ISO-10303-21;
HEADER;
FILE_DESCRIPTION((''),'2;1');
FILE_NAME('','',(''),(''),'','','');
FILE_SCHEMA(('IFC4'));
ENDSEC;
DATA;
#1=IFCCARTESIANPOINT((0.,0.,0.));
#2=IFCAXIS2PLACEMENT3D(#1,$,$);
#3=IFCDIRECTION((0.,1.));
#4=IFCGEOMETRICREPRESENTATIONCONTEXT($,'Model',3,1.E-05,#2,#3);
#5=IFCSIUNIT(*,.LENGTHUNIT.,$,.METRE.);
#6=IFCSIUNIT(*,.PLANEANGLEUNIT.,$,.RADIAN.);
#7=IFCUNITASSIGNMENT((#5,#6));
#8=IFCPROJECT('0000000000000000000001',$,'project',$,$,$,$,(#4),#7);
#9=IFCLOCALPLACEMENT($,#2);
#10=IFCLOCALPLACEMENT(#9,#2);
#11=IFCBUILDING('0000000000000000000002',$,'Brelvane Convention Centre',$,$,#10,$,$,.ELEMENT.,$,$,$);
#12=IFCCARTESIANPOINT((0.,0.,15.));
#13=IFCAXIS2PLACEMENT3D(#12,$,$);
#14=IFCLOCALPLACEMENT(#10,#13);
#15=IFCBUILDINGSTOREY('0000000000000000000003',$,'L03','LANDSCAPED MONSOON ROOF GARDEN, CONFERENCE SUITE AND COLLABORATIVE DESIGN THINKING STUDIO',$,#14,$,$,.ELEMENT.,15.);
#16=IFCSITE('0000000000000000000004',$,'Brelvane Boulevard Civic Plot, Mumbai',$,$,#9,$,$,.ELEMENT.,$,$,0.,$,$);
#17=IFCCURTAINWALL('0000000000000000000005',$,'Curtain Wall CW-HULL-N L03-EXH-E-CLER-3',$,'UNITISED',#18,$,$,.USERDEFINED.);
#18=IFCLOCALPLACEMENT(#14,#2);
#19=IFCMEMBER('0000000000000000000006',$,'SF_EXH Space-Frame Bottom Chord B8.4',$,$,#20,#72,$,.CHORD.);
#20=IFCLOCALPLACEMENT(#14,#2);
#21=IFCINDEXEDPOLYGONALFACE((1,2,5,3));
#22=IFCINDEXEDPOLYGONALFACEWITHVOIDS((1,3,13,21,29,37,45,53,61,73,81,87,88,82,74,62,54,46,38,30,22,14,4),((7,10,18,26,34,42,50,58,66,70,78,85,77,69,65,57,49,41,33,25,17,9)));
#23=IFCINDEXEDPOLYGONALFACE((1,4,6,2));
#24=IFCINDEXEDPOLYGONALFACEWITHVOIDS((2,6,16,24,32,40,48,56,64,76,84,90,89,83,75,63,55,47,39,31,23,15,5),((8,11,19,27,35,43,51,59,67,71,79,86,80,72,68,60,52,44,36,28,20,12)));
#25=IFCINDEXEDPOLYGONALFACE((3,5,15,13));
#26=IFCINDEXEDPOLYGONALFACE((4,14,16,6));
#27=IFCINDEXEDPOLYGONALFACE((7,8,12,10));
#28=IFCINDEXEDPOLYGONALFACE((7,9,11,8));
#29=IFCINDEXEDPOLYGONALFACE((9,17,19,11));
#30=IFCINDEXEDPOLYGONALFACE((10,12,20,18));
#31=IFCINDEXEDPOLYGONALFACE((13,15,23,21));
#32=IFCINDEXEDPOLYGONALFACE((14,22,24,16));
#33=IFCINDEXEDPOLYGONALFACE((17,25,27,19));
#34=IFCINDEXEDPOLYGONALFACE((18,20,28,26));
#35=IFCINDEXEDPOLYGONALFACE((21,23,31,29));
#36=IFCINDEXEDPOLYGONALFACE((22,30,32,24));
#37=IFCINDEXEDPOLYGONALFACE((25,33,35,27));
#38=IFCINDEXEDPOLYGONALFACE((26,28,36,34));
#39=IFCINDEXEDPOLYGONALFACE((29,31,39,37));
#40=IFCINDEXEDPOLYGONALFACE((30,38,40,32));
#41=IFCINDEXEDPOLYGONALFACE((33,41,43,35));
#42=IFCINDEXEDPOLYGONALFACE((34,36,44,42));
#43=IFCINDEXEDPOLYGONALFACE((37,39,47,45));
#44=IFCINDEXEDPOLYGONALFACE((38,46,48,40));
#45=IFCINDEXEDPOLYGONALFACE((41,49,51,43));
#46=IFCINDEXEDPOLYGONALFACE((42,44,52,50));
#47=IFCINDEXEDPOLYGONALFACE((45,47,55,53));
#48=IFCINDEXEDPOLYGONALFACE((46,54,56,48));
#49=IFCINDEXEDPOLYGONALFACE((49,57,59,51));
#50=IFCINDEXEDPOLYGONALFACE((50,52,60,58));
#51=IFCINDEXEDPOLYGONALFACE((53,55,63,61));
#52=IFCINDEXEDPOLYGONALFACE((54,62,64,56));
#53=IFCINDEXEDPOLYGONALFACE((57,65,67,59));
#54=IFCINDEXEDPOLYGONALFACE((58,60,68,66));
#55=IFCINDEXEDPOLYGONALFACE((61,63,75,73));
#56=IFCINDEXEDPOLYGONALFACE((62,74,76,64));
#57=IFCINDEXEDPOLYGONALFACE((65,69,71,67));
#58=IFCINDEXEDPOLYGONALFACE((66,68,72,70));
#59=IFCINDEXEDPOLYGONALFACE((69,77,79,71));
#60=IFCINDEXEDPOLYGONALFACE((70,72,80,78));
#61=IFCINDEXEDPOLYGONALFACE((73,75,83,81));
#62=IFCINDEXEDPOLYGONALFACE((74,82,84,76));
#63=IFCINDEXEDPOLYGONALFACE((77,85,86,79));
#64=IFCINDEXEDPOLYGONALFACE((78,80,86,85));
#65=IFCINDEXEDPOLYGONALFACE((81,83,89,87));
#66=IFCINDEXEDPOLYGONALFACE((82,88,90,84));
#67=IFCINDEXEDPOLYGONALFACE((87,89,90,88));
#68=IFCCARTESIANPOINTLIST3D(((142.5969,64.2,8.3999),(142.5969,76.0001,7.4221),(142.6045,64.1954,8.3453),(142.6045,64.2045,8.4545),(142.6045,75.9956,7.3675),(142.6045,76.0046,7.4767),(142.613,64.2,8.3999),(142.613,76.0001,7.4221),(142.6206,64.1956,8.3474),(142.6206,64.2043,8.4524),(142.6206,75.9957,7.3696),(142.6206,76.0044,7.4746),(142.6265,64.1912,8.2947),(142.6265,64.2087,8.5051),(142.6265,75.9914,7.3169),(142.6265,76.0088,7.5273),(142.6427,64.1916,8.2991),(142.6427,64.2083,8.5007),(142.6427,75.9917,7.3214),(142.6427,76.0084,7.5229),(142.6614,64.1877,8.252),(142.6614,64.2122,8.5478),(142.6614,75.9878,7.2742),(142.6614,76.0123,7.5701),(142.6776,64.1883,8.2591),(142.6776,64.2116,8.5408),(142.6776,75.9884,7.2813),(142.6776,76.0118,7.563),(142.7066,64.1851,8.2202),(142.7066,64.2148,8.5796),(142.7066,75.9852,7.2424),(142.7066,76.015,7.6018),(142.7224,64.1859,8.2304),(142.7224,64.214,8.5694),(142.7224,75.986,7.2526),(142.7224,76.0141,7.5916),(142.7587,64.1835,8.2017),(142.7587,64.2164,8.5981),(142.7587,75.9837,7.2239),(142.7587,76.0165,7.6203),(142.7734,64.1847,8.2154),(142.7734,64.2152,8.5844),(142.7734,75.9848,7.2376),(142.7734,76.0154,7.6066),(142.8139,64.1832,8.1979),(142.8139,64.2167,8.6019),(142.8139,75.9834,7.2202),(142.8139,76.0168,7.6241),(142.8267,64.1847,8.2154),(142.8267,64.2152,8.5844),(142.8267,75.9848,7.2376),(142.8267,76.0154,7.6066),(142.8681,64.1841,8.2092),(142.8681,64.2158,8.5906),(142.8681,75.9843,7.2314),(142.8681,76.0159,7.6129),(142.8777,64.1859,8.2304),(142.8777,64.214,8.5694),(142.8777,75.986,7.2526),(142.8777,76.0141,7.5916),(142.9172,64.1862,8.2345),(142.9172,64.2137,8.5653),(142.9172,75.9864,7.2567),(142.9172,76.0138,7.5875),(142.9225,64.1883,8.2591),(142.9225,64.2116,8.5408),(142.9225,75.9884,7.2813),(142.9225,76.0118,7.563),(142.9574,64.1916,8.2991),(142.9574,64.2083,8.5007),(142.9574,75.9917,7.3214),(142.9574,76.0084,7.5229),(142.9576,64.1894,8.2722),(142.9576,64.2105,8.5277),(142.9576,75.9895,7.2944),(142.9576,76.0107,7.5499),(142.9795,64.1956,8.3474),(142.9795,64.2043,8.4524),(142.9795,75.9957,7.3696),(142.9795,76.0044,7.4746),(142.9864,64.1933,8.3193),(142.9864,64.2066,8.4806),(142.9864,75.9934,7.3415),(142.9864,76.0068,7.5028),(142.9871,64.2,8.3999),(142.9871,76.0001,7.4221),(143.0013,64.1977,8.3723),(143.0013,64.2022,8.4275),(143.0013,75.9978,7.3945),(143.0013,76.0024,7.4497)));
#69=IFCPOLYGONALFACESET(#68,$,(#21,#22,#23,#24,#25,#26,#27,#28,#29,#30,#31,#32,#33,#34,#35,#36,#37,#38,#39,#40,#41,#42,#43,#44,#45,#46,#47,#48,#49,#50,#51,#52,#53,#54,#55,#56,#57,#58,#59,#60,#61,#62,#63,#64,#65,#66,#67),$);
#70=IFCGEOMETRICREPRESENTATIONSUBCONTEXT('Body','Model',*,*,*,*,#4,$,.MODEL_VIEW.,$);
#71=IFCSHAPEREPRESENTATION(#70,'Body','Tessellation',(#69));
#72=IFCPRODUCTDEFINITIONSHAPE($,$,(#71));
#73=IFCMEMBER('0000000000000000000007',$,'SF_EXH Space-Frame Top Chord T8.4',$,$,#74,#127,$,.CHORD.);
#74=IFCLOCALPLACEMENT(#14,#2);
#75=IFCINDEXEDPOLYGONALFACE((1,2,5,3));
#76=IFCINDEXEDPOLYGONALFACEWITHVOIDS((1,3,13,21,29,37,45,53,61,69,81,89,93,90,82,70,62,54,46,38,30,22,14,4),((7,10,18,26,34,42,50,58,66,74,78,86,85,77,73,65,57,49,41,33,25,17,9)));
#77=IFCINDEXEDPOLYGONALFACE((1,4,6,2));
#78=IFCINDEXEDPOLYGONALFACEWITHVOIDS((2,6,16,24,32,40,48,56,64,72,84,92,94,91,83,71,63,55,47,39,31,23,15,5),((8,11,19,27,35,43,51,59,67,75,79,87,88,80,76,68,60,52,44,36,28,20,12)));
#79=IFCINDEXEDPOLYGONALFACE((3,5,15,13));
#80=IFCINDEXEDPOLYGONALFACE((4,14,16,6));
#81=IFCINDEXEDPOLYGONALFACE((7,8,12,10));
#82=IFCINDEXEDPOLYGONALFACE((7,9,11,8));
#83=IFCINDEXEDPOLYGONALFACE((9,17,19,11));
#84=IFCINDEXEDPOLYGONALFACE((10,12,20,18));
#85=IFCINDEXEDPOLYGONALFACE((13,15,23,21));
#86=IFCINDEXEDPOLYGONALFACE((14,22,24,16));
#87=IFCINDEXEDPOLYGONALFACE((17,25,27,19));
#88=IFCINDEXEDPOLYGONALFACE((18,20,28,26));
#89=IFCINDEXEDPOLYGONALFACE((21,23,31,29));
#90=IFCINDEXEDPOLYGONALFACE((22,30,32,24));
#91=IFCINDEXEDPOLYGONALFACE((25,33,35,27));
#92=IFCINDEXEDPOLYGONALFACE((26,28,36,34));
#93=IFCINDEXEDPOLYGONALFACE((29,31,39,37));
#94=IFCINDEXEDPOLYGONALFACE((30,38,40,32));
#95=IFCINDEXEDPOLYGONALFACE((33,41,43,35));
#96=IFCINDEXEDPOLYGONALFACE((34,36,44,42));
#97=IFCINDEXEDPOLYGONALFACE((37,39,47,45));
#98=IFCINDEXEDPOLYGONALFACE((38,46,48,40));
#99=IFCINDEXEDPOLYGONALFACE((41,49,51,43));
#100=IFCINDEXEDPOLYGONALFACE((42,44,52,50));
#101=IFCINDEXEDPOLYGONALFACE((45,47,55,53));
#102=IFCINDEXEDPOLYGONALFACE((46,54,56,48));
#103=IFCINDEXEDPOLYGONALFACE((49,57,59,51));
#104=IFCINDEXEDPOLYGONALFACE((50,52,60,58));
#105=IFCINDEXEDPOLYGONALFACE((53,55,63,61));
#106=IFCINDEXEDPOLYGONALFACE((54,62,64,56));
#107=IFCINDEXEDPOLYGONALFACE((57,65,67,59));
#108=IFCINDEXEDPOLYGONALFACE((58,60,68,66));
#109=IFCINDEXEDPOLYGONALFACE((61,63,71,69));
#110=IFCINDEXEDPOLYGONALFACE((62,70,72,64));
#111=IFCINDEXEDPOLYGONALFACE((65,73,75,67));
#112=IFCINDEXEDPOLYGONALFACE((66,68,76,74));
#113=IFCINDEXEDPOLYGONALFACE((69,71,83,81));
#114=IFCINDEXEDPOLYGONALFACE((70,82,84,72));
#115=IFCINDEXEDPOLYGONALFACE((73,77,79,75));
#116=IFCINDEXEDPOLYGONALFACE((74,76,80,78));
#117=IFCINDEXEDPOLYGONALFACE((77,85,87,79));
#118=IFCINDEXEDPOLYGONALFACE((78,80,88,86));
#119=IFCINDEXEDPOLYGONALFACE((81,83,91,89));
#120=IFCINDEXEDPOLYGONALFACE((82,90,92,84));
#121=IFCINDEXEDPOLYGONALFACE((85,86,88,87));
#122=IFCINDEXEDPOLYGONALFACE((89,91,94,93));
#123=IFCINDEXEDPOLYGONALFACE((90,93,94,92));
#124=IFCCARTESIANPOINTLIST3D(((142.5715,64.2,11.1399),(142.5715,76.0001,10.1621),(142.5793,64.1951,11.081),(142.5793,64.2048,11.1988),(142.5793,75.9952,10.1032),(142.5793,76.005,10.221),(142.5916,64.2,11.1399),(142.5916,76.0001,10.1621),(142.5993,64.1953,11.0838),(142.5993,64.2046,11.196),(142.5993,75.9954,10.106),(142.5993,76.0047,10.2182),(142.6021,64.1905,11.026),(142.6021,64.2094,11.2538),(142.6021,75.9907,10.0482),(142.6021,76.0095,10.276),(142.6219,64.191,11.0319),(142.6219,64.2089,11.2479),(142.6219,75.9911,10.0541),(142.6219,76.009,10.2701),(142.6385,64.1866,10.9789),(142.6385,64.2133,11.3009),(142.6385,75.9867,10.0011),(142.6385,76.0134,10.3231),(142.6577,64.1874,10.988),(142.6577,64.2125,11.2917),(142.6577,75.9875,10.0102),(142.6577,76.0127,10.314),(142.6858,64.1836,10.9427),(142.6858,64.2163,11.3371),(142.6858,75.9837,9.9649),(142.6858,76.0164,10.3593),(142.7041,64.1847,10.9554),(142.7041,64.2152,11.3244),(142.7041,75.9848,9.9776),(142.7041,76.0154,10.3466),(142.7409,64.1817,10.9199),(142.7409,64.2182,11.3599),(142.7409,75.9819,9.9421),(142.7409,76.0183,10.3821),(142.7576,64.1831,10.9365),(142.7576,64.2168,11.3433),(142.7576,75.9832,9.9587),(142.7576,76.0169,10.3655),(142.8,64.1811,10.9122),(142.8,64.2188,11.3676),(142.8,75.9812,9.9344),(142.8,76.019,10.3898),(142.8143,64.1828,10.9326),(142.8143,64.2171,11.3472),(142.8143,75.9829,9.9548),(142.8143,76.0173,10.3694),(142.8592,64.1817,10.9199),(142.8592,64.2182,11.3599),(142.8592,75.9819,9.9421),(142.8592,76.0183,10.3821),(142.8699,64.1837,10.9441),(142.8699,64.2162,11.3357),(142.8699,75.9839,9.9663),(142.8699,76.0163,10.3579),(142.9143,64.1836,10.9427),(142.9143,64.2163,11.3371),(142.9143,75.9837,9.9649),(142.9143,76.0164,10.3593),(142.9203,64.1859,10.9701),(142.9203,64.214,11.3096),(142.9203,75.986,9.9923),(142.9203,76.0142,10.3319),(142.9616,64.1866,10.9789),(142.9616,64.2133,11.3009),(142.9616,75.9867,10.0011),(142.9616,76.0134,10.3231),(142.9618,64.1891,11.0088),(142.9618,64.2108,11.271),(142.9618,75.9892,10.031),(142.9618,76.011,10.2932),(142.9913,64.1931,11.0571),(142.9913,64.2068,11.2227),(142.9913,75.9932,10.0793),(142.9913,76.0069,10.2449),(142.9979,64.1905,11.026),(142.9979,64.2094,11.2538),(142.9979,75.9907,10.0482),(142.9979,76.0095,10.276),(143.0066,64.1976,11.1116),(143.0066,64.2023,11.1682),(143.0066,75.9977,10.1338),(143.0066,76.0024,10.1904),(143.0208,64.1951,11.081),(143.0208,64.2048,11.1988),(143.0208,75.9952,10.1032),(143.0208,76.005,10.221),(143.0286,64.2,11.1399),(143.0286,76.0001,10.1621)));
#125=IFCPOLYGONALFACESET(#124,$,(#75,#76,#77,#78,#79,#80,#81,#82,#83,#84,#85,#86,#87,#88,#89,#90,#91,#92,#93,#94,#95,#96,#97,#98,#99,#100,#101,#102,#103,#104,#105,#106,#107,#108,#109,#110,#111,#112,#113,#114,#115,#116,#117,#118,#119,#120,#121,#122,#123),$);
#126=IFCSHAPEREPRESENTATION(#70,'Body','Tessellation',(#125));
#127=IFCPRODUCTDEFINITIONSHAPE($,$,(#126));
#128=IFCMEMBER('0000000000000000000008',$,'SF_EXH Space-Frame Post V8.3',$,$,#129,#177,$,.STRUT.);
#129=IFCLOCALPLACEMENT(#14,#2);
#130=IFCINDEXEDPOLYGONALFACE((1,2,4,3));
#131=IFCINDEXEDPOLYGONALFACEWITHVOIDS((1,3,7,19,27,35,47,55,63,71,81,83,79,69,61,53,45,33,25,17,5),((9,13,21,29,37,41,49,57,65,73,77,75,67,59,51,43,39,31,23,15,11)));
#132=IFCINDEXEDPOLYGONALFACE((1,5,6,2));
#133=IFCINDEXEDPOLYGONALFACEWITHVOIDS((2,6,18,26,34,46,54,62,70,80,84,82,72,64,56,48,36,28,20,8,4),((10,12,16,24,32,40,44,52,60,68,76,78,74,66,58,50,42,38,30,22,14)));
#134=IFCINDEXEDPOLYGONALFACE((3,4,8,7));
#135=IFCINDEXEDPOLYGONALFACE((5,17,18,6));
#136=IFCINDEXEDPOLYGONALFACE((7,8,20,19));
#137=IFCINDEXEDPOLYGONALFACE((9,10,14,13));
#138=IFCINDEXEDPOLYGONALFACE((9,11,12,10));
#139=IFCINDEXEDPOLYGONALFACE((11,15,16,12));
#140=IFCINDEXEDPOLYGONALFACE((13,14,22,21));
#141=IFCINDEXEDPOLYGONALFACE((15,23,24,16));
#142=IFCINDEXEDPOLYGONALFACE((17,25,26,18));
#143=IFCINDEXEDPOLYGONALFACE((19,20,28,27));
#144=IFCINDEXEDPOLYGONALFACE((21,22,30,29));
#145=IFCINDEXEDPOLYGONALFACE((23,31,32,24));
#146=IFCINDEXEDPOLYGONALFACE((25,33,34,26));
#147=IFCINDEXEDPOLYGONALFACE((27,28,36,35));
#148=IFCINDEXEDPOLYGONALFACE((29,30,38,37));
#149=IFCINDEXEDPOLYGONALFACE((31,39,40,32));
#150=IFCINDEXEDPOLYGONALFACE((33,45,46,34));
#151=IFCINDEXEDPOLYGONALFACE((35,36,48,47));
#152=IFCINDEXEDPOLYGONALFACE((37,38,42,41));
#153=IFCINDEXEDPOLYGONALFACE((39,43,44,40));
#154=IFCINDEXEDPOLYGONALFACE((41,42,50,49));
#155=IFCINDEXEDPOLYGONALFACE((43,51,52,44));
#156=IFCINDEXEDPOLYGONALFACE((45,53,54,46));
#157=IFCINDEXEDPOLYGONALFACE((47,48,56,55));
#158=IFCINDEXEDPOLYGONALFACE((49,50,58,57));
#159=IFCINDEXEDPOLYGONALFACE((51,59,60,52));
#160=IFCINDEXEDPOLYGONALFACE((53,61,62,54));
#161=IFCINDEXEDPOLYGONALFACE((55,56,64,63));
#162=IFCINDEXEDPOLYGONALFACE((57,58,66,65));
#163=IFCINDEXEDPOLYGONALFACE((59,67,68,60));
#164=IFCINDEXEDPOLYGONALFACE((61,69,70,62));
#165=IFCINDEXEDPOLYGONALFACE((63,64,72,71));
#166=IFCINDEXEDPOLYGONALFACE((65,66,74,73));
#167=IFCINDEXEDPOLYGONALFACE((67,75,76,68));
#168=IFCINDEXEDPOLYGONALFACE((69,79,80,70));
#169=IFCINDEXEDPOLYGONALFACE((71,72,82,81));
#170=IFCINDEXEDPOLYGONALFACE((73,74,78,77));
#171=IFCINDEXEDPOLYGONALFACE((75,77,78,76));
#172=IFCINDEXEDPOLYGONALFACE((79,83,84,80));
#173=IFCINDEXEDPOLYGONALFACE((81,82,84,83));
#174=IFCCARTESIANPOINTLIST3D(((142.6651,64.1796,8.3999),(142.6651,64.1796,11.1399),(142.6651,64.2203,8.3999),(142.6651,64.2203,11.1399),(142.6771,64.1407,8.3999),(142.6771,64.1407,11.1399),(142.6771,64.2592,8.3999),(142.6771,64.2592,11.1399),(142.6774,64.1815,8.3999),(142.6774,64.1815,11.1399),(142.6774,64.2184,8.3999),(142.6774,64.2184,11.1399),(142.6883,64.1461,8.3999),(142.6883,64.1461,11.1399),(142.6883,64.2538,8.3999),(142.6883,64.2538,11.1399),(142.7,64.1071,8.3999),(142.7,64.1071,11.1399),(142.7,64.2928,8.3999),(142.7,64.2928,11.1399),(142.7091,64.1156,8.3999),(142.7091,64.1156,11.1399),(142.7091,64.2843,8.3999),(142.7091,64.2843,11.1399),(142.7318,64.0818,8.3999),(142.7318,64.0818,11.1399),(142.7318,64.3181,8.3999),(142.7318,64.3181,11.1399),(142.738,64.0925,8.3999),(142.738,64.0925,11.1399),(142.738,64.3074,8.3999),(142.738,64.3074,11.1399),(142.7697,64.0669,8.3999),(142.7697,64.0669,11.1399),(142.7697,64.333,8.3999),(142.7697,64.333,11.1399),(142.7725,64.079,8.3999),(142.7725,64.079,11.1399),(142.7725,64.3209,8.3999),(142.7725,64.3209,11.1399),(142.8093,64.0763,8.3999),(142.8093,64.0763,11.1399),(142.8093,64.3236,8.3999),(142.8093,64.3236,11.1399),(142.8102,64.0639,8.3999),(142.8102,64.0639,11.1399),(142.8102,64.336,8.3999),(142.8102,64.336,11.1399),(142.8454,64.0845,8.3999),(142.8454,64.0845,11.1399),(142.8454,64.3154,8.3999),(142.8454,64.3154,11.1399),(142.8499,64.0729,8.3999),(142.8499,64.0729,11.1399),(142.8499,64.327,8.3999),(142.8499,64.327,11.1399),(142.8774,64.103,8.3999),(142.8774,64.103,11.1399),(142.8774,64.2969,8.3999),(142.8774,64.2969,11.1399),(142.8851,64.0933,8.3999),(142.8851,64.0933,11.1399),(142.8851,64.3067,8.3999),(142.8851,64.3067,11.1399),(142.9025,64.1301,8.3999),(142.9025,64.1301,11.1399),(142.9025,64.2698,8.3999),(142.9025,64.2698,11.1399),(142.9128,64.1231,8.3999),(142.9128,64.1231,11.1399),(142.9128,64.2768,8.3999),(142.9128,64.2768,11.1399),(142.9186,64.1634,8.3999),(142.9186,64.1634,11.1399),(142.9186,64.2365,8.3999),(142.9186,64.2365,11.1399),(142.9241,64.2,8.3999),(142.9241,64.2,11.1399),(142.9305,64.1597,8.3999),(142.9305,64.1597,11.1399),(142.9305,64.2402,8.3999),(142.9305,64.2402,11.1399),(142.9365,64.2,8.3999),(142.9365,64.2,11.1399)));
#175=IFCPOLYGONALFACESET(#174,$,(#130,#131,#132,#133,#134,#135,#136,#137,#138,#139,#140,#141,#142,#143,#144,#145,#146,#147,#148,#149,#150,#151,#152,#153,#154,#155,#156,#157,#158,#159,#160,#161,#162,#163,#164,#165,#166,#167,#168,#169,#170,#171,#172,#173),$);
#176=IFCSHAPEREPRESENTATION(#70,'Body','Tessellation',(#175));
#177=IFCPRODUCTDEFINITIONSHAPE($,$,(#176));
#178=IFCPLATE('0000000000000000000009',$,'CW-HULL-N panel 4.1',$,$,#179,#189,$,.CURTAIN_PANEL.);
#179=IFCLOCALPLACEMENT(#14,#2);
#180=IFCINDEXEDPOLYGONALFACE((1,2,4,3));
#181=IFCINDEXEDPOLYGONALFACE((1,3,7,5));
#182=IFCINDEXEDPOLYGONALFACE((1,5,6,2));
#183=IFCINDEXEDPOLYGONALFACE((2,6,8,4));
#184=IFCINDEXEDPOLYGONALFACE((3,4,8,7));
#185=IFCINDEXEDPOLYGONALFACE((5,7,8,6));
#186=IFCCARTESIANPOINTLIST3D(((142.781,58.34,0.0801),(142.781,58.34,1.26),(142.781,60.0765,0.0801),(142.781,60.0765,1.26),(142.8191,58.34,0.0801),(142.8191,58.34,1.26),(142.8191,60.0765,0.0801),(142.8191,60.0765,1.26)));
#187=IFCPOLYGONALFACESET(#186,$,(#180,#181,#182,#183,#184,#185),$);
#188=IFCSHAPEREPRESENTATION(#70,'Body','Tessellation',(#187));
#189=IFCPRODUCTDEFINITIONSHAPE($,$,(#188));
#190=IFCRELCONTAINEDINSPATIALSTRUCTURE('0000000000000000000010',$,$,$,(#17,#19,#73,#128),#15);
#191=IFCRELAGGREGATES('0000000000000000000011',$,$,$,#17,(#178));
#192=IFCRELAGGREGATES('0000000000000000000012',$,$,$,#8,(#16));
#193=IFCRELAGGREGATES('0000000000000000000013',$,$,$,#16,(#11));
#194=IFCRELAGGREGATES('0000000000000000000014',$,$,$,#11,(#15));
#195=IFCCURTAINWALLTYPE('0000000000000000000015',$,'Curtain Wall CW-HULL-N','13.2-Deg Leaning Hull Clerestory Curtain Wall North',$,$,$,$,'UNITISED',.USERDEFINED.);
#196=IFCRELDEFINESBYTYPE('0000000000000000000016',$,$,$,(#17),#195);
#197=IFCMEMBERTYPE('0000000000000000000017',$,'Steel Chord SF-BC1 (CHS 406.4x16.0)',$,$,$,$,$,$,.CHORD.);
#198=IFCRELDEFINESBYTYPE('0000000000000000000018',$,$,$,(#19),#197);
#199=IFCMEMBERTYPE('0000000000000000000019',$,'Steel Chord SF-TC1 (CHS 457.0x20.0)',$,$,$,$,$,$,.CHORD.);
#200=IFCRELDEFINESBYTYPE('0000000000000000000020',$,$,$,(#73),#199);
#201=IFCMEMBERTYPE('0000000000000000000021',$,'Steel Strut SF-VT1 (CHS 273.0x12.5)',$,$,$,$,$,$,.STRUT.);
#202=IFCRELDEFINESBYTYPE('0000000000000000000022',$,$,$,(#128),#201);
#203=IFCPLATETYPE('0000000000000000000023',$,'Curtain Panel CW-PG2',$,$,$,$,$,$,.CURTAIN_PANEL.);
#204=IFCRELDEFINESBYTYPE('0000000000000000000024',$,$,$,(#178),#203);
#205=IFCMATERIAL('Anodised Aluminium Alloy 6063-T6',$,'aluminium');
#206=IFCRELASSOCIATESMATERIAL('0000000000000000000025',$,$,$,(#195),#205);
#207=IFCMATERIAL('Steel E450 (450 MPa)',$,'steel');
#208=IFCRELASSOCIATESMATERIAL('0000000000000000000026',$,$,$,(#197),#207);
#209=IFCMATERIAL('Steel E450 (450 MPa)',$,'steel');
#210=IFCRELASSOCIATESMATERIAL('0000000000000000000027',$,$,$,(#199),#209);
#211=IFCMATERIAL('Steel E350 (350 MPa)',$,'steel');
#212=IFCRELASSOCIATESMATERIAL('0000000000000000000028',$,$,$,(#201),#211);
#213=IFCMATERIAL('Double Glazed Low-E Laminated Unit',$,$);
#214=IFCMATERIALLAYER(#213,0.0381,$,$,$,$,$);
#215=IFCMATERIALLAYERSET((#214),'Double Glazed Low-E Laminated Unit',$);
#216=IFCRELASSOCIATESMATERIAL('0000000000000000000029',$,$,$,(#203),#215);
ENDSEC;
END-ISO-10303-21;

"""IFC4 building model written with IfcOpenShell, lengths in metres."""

from ifc_helpers import new_model, si_unit, direction, frame, origin, origin_2d, place, context, subcontext, project, spatial, rectangle, hollow_circle, extrude, material, layer, layer_set, material_profile, profile_set, type_object, element, aggregate, save


model = new_model("IFC4")

# Units and contexts
model_context = context("Model", 3, precision=1e-05, world=origin(), true_north=direction((0.0, 1.0)))
body_context = subcontext(model_context, "Body", "Model", "MODEL_VIEW")
ifc_project = project(units=[si_unit("LENGTHUNIT", "METRE"), si_unit("PLANEANGLEUNIT", "RADIAN")], contexts=[model_context])

# Site, building, storey
site_placement = place(None, origin())
site = spatial("IfcSite", under=ifc_project, at=site_placement, Name="Brelvane Boulevard Civic Plot, Mumbai", CompositionType="ELEMENT", RefElevation=0.0)
building_placement = place(site_placement, origin())
building = spatial("IfcBuilding", under=site, at=building_placement, Name="Brelvane Convention Centre", CompositionType="ELEMENT")
storey_placement = place(building_placement, frame((0.0, 0.0, 15.0)))
storey = spatial("IfcBuildingStorey", under=building, at=storey_placement, Name="L03", Description="LANDSCAPED MONSOON ROOF GARDEN, CONFERENCE SUITE AND COLLABORATIVE DESIGN THINKING STUDIO", CompositionType="ELEMENT", Elevation=15.0)

# Curtain wall
ifc_material_1 = material(Name="Anodised Aluminium Alloy 6063-T6", Category="aluminium")
curtain_wall_type = type_object("IfcCurtainWallType", Name="Curtain Wall CW-HULL-N", Description="13.2-Deg Leaning Hull Clerestory Curtain Wall North", ElementType="UNITISED", PredefinedType="USERDEFINED", material=ifc_material_1)
curtain_wall_1_placement = place(storey_placement, origin())
curtain_wall_1 = element("IfcCurtainWall", 1, at=curtain_wall_1_placement, inside=storey, type_object=curtain_wall_type, Name="Curtain Wall CW-HULL-N L03-EXH-E-CLER-3", ObjectType="UNITISED", PredefinedType="USERDEFINED")

# Members
ifc_material_2 = material(Name="Steel E450 (450 MPa)", Category="steel")
ifc_material_profile_1 = material_profile(ifc_material_2, hollow_circle(Radius=0.2031, WallThickness=0.0161, at=origin_2d()), Name="CHS 406.4x16.0")
ifc_profile_set_1 = profile_set([ifc_material_profile_1], Name="Steel E450 (450 MPa)")
member_type_1 = type_object("IfcMemberType", Name="Steel Chord SF-BC1 (CHS 406.4x16.0)", PredefinedType="CHORD", material=ifc_profile_set_1)
member_1_placement = place(storey_placement, frame((142.8, 64.2, 8.3999), z_axis=(0.0, 0.996584, -0.08258), x_axis=(-1.0, 0.0, 0.0)))
element("IfcMember", 2, at=member_1_placement, inside=storey, type_object=member_type_1, Name="SF_EXH Space-Frame Bottom Chord B8.4", PredefinedType="CHORD", context=body_context, shape_type="SweptSolid", body=[
    extrude(hollow_circle(Radius=0.2031, WallThickness=0.0161, at=origin_2d()), origin(), (0.0, 0.0, 1.0), 11.8406),
])
ifc_material_3 = material(Name="Steel E450 (450 MPa)", Category="steel")
ifc_material_profile_2 = material_profile(ifc_material_3, hollow_circle(Radius=0.2285, WallThickness=0.02, at=origin_2d()), Name="CHS 457.0x20.0")
ifc_profile_set_2 = profile_set([ifc_material_profile_2], Name="Steel E450 (450 MPa)")
member_type_2 = type_object("IfcMemberType", Name="Steel Chord SF-TC1 (CHS 457.0x20.0)", PredefinedType="CHORD", material=ifc_profile_set_2)
member_2_placement = place(storey_placement, frame((142.8, 64.2, 11.1399), z_axis=(0.0, 0.996584, -0.08258), x_axis=(-1.0, 0.0, 0.0)))
element("IfcMember", 3, at=member_2_placement, inside=storey, type_object=member_type_2, Name="SF_EXH Space-Frame Top Chord T8.4", PredefinedType="CHORD", context=body_context, shape_type="SweptSolid", body=[
    extrude(hollow_circle(Radius=0.2285, WallThickness=0.02, at=origin_2d()), origin(), (0.0, 0.0, 1.0), 11.8406),
])
ifc_material_4 = material(Name="Steel E350 (350 MPa)", Category="steel")
ifc_material_profile_3 = material_profile(ifc_material_4, hollow_circle(Radius=0.1365, WallThickness=0.0125, at=origin_2d()), Name="CHS 273.0x12.5")
ifc_profile_set_3 = profile_set([ifc_material_profile_3], Name="Steel E350 (350 MPa)")
member_type_3 = type_object("IfcMemberType", Name="Steel Strut SF-VT1 (CHS 273.0x12.5)", PredefinedType="STRUT", material=ifc_profile_set_3)
member_3_placement = place(storey_placement, frame((142.8, 64.2, 8.3999), z_axis=(0.0, 0.0, 1.0), x_axis=(1.0, 0.0, 0.0)))
element("IfcMember", 4, at=member_3_placement, inside=storey, type_object=member_type_3, Name="SF_EXH Space-Frame Post V8.3", PredefinedType="STRUT", context=body_context, shape_type="SweptSolid", body=[
    extrude(hollow_circle(Radius=0.1365, WallThickness=0.0125, at=origin_2d()), origin(), (0.0, 0.0, 1.0), 2.74),
])

# Plate
ifc_material_5 = material(Name="Double Glazed Low-E Laminated Unit")
ifc_layer_1 = layer(ifc_material_5, 0.0381)
ifc_layer_set_1 = layer_set([ifc_layer_1], Name="Double Glazed Low-E Laminated Unit")
plate_type_1 = type_object("IfcPlateType", Name="Curtain Panel CW-PG2", PredefinedType="CURTAIN_PANEL", material=ifc_layer_set_1)
plate_1_placement = place(storey_placement, frame((142.8, 59.2083, 0.0801), z_axis=(0.0, 0.0, 1.0), x_axis=(0.0, 1.0, 0.0)))
plate_1 = element("IfcPlate", 5, at=plate_1_placement, type_object=plate_type_1, Name="CW-HULL-N panel 4.1", PredefinedType="CURTAIN_PANEL", context=body_context, shape_type="SweptSolid", body=[
    extrude(rectangle(XDim=1.7366, YDim=0.0381, at=origin_2d()), origin(), (0.0, 0.0, 1.0), 1.1799),
])
aggregate(curtain_wall_1, [plate_1])

save(model, "model.ifc")
